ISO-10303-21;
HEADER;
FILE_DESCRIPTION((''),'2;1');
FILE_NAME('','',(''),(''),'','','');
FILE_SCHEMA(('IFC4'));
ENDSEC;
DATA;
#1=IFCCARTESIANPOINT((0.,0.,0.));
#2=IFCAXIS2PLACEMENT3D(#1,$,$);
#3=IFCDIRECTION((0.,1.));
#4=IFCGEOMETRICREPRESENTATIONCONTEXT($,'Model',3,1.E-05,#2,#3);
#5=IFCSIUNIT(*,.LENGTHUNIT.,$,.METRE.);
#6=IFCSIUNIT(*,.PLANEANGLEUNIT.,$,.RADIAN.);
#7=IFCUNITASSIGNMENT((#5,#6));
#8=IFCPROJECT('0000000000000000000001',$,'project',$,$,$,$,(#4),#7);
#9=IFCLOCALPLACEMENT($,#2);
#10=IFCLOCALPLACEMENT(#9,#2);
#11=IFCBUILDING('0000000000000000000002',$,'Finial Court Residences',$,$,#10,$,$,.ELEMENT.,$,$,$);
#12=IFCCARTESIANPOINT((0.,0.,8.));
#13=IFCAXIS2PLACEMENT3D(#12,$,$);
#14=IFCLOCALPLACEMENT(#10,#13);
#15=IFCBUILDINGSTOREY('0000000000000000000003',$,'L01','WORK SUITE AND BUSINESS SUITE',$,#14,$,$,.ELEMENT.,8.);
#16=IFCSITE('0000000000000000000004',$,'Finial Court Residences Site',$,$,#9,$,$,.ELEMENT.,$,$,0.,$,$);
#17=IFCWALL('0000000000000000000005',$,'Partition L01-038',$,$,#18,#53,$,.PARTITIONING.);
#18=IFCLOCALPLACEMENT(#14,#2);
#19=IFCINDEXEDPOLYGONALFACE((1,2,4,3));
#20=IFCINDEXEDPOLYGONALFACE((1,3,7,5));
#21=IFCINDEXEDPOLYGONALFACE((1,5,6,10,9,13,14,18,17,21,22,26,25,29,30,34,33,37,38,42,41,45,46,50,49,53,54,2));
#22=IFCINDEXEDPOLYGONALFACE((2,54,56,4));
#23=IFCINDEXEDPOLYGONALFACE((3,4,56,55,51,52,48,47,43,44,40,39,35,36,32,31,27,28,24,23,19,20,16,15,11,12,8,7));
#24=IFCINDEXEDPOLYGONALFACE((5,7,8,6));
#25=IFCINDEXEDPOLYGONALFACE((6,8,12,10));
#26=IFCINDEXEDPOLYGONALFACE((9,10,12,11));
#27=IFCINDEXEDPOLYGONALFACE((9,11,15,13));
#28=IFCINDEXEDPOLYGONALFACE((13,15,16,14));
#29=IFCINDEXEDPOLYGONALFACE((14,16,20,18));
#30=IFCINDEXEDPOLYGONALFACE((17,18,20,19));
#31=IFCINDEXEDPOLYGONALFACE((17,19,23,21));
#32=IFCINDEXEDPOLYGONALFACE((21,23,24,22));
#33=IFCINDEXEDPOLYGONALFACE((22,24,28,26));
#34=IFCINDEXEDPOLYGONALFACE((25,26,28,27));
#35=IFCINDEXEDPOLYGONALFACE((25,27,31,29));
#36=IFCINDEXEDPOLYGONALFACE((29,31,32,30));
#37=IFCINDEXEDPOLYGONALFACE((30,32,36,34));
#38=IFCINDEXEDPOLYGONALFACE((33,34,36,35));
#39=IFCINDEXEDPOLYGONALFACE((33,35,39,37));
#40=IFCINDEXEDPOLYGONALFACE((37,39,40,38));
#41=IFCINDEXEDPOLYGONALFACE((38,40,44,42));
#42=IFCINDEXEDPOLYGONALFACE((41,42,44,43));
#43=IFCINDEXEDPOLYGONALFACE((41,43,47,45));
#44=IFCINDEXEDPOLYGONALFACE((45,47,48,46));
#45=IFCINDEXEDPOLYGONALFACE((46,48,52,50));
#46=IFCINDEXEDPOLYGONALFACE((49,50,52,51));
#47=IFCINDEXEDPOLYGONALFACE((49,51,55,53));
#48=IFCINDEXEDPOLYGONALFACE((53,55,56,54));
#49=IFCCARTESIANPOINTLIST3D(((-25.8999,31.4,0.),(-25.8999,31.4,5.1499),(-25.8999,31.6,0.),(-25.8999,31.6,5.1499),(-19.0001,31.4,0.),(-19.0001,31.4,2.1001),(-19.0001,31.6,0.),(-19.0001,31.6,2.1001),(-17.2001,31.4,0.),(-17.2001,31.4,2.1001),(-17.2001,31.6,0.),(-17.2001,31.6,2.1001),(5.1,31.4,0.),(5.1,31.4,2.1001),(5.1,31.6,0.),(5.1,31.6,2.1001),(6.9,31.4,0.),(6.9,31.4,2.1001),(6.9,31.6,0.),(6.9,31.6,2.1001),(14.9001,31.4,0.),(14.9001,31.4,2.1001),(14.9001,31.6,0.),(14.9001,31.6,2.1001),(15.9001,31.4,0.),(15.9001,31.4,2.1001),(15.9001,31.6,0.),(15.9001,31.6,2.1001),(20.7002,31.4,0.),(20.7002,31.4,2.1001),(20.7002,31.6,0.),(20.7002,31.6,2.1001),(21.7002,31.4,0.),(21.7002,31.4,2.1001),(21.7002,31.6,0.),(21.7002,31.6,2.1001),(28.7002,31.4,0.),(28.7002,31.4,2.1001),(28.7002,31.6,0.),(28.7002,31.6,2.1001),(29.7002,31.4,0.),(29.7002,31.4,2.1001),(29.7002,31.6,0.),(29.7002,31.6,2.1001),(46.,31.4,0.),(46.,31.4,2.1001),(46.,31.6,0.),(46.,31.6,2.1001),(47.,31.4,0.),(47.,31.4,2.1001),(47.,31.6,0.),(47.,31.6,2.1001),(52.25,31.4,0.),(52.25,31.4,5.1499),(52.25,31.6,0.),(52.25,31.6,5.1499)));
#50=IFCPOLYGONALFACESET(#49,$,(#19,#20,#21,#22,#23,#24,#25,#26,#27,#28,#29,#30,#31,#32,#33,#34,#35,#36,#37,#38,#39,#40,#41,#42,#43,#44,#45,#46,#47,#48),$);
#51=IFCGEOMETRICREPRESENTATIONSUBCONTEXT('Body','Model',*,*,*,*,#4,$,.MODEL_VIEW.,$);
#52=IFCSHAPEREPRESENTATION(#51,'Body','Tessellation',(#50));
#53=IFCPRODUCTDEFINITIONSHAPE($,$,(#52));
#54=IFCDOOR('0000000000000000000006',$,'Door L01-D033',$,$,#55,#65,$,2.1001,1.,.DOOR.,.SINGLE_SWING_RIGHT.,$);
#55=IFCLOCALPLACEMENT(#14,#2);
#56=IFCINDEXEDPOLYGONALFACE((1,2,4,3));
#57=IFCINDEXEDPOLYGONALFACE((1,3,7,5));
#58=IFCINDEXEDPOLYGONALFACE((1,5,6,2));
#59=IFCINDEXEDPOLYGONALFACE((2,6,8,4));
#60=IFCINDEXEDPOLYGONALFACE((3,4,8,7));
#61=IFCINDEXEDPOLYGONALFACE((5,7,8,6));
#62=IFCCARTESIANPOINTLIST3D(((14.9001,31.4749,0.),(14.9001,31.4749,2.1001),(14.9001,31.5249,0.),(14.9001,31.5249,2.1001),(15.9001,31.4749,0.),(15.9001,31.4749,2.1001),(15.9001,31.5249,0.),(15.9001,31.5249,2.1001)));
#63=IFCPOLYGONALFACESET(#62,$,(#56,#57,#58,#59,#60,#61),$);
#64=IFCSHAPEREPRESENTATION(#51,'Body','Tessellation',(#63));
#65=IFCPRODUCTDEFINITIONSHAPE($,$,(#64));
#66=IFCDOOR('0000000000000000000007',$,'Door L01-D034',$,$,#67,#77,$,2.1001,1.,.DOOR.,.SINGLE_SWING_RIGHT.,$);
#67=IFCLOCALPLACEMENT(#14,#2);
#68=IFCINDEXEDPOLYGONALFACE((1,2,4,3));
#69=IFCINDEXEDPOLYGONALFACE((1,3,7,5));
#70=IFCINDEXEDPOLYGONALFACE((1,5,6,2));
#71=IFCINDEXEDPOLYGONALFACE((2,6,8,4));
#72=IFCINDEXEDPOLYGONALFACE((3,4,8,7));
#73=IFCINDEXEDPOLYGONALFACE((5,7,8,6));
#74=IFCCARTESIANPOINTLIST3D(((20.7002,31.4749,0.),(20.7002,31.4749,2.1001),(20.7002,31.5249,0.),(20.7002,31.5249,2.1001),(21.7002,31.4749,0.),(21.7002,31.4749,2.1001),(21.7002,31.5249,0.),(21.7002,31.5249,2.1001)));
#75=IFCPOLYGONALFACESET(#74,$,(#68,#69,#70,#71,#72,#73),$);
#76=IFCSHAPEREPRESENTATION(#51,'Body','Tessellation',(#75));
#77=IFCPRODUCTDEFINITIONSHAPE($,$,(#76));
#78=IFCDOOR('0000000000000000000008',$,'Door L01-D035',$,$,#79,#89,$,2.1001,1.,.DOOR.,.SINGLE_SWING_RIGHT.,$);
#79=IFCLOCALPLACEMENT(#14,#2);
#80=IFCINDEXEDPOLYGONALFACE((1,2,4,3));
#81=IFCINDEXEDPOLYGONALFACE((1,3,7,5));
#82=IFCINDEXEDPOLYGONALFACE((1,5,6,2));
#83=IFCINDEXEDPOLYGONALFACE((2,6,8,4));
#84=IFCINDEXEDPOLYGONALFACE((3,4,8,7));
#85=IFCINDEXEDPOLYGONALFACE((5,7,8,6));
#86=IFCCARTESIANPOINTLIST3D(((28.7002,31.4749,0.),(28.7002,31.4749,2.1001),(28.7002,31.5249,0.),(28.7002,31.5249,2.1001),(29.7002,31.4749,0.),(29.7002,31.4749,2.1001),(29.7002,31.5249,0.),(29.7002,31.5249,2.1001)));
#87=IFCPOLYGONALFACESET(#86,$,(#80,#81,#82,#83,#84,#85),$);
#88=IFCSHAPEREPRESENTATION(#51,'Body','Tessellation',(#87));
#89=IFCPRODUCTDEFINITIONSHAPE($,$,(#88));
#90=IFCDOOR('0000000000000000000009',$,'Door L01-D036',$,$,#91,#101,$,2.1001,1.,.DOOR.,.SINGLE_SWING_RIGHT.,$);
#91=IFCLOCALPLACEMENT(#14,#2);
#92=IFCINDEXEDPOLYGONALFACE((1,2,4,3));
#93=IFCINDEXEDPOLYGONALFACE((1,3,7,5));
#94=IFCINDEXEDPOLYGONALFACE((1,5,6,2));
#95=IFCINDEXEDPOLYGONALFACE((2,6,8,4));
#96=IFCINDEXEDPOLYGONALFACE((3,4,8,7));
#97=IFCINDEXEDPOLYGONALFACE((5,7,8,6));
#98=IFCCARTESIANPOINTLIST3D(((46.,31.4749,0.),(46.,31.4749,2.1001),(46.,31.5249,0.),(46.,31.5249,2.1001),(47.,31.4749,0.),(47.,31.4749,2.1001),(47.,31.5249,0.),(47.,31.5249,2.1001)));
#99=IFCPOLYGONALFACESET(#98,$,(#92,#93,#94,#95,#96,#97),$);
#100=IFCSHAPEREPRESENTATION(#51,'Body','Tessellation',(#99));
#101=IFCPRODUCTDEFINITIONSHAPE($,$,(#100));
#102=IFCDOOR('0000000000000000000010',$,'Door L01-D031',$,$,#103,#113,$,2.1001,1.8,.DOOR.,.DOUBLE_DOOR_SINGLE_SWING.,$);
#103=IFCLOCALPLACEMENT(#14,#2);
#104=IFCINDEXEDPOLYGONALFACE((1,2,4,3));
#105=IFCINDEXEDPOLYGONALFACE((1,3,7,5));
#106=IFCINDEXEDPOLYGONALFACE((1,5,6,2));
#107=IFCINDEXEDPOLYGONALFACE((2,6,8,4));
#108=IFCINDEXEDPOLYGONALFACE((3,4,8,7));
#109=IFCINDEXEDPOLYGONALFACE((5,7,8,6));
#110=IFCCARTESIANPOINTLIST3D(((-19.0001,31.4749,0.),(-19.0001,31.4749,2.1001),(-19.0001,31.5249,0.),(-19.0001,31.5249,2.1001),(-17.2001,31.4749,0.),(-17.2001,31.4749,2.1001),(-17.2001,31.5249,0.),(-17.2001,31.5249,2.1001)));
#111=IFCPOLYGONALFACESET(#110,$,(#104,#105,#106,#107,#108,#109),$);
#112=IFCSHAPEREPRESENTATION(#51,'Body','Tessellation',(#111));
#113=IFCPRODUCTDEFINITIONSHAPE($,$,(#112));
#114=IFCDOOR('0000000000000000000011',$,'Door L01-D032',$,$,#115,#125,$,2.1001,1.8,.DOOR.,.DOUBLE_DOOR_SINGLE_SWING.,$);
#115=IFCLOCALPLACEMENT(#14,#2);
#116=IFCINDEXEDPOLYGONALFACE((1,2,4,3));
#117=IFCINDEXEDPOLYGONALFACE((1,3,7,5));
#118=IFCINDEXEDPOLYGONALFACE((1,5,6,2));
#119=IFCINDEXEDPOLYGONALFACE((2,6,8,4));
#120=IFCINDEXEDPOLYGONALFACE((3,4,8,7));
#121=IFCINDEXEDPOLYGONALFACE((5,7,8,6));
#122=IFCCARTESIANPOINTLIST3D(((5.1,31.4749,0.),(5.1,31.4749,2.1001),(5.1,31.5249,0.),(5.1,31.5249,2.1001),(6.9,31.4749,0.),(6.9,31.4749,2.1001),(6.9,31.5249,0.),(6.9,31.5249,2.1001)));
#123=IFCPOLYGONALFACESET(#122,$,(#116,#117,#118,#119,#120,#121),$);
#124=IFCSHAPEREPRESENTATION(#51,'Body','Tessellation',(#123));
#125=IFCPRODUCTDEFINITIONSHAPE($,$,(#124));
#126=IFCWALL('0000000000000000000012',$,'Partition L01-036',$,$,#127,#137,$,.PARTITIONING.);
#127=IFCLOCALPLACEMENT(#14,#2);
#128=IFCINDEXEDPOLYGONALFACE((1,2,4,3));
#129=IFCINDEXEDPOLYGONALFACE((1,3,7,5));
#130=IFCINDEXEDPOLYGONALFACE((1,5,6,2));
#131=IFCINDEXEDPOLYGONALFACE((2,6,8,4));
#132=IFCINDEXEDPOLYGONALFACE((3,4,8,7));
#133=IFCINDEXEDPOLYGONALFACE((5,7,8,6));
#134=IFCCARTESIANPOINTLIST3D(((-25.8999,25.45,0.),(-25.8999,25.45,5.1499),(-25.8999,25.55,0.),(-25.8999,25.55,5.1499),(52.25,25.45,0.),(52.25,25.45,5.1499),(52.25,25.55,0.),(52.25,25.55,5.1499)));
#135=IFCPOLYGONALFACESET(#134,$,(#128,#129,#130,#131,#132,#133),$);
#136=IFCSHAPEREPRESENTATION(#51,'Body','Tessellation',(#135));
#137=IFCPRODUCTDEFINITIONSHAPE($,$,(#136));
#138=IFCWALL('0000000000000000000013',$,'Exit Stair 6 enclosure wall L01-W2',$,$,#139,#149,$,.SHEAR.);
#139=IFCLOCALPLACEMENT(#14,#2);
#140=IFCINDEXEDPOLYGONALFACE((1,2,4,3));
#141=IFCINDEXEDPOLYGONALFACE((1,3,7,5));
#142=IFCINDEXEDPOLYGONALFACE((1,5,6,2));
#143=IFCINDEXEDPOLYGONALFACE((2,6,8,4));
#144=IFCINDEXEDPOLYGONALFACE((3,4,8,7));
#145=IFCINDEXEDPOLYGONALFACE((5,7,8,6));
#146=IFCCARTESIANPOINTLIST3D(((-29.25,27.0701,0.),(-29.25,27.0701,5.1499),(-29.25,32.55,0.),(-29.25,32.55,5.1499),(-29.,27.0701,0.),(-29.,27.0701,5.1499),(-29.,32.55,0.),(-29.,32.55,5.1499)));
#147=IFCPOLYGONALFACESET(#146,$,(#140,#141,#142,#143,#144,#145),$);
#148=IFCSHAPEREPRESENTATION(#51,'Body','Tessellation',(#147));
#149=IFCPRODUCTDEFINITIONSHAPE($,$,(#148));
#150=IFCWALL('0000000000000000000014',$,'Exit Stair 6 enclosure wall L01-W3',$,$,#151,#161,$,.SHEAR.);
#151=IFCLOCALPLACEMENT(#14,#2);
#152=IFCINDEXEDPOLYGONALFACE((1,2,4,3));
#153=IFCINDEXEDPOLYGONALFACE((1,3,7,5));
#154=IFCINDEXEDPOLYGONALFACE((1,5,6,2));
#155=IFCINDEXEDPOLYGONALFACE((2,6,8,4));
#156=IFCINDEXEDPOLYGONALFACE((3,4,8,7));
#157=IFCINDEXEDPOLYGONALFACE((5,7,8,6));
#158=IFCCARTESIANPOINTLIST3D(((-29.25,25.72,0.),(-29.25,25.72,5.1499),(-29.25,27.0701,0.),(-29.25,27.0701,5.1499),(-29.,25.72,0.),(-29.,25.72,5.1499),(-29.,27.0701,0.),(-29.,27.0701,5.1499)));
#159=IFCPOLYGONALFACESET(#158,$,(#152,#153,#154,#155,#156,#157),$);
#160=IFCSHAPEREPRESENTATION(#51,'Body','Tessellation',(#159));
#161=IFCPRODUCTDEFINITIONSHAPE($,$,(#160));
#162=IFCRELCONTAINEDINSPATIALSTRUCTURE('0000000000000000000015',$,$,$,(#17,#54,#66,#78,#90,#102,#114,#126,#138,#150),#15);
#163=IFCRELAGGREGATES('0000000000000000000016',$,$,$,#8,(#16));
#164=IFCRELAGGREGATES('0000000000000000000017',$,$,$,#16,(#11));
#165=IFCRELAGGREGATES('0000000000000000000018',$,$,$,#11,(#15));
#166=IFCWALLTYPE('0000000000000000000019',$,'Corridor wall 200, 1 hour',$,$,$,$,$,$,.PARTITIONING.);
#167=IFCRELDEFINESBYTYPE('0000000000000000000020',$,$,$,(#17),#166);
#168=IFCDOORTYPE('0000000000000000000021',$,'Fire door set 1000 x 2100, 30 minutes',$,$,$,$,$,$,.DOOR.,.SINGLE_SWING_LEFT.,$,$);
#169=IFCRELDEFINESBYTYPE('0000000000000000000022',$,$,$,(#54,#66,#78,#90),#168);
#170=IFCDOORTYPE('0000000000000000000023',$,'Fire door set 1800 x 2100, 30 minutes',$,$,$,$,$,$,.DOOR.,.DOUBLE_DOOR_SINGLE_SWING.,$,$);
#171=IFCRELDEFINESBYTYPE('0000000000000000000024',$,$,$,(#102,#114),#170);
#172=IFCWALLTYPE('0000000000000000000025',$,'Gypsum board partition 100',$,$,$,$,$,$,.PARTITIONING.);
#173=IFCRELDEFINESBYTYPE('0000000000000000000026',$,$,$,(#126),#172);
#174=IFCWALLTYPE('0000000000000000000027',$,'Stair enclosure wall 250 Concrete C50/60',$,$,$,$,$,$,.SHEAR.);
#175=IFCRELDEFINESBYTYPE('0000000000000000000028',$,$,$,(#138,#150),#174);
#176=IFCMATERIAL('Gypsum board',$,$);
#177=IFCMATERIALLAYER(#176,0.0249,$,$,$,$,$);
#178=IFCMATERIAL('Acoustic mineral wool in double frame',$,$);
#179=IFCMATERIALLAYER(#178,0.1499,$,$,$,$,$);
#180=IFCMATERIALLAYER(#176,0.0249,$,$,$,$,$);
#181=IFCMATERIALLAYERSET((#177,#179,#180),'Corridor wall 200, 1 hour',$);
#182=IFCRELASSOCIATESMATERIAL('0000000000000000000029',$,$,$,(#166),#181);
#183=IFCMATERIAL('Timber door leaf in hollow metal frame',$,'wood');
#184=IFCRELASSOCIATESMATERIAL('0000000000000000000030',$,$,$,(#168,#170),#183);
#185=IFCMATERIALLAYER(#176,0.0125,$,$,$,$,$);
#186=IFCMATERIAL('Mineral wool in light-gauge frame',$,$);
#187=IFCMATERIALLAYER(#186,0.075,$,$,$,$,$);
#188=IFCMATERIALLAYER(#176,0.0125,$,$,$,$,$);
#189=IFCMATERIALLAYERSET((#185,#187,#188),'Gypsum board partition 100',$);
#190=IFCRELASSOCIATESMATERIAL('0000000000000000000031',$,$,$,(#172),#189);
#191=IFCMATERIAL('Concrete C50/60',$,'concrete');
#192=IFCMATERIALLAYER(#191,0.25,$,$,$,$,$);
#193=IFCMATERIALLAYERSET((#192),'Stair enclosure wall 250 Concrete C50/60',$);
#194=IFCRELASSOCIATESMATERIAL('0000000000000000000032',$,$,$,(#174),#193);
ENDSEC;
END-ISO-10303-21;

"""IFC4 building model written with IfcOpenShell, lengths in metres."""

from ifc_helpers import new_model, si_unit, direction, frame, frame_2d, origin, place, context, subcontext, project, spatial, rectangle, extrude, material, layer, layer_set, type_object, element, fill, save


model = new_model("IFC4")

# Units and contexts
model_context = context("Model", 3, precision=1e-05, world=origin(), true_north=direction((0.0, 1.0)))
body_context = subcontext(model_context, "Body", "Model", "MODEL_VIEW")
ifc_project = project(units=[si_unit("LENGTHUNIT", "METRE"), si_unit("PLANEANGLEUNIT", "RADIAN")], contexts=[model_context])

# Site, building, storey
site_placement = place(None, origin())
site = spatial("IfcSite", under=ifc_project, at=site_placement, Name="Finial Court Residences Site", CompositionType="ELEMENT", RefElevation=0.0)
building_placement = place(site_placement, origin())
building = spatial("IfcBuilding", under=site, at=building_placement, Name="Finial Court Residences", CompositionType="ELEMENT")
storey_placement = place(building_placement, frame((0.0, 0.0, 8.0)))
storey = spatial("IfcBuildingStorey", under=building, at=storey_placement, Name="L01", Description="WORK SUITE AND BUSINESS SUITE", CompositionType="ELEMENT", Elevation=8.0)

# Shared definitions
ifc_material_1 = material(Name="Concrete C50/60", Category="concrete")

# Shared definitions
ifc_material_2 = material(Name="Gypsum board")
ifc_layer_1 = layer(ifc_material_2, 0.0249)
ifc_material_3 = material(Name="Acoustic mineral wool in double frame")
ifc_layer_2 = layer(ifc_material_3, 0.1499)
ifc_layer_3 = layer(ifc_material_2, 0.0249)
ifc_layer_set_1 = layer_set([ifc_layer_1, ifc_layer_2, ifc_layer_3], Name="Corridor wall 200, 1 hour")
wall_type_1 = type_object("IfcWallType", Name="Corridor wall 200, 1 hour", PredefinedType="PARTITIONING", material=ifc_layer_set_1)

# Wall, openings, doors
wall_1_placement = place(storey_placement, frame((-25.8999, 31.5, 0.0), z_axis=(0.0, 0.0, 1.0), x_axis=(1.0, 0.0, 0.0)))
wall_1 = element("IfcWall", 1, at=wall_1_placement, inside=storey, type_object=wall_type_1, Name="Partition L01-038", PredefinedType="PARTITIONING", context=body_context, shape_type="SweptSolid", body=[
    extrude(rectangle(XDim=78.1499, YDim=0.2, at=frame_2d((39.075, 0.0))), origin(), (0.0, 0.0, 1.0), 5.1499),
])
opening_1_placement = place(wall_1_placement, frame((6.8999, 0.0, 0.0)))
opening_1 = element("IfcOpeningElement", 2, at=opening_1_placement, cuts=wall_1, PredefinedType="OPENING", context=body_context, shape_type="SweptSolid", body=[
    extrude(rectangle(XDim=1.8, YDim=2.1001, at=frame_2d((0.8999, 1.05))), frame((0.0, 0.1099, 0.0), z_axis=(0.0, -1.0, 0.0), x_axis=(1.0, 0.0, 0.0)), (0.0, 0.0, 1.0), 0.22),
])
opening_2_placement = place(wall_1_placement, frame((31.0, 0.0, 0.0)))
opening_2 = element("IfcOpeningElement", 3, at=opening_2_placement, cuts=wall_1, PredefinedType="OPENING", context=body_context, shape_type="SweptSolid", body=[
    extrude(rectangle(XDim=1.8, YDim=2.1001, at=frame_2d((0.8999, 1.05))), frame((0.0, 0.1099, 0.0), z_axis=(0.0, -1.0, 0.0), x_axis=(1.0, 0.0, 0.0)), (0.0, 0.0, 1.0), 0.22),
])
opening_3_placement = place(wall_1_placement, frame((40.8, 0.0, 0.0)))
opening_3 = element("IfcOpeningElement", 4, at=opening_3_placement, cuts=wall_1, PredefinedType="OPENING", context=body_context, shape_type="SweptSolid", body=[
    extrude(rectangle(XDim=1.0, YDim=2.1001, at=frame_2d((0.5, 1.05))), frame((0.0, 0.1099, 0.0), z_axis=(0.0, -1.0, 0.0), x_axis=(1.0, 0.0, 0.0)), (0.0, 0.0, 1.0), 0.22),
])
opening_4_placement = place(wall_1_placement, frame((46.6001, 0.0, 0.0)))
opening_4 = element("IfcOpeningElement", 5, at=opening_4_placement, cuts=wall_1, PredefinedType="OPENING", context=body_context, shape_type="SweptSolid", body=[
    extrude(rectangle(XDim=1.0, YDim=2.1001, at=frame_2d((0.5, 1.05))), frame((0.0, 0.1099, 0.0), z_axis=(0.0, -1.0, 0.0), x_axis=(1.0, 0.0, 0.0)), (0.0, 0.0, 1.0), 0.22),
])
opening_5_placement = place(wall_1_placement, frame((54.6001, 0.0, 0.0)))
opening_5 = element("IfcOpeningElement", 6, at=opening_5_placement, cuts=wall_1, PredefinedType="OPENING", context=body_context, shape_type="SweptSolid", body=[
    extrude(rectangle(XDim=1.0, YDim=2.1001, at=frame_2d((0.5, 1.05))), frame((0.0, 0.1099, 0.0), z_axis=(0.0, -1.0, 0.0), x_axis=(1.0, 0.0, 0.0)), (0.0, 0.0, 1.0), 0.22),
])
opening_6_placement = place(wall_1_placement, frame((71.8999, 0.0, 0.0)))
opening_6 = element("IfcOpeningElement", 7, at=opening_6_placement, cuts=wall_1, PredefinedType="OPENING", context=body_context, shape_type="SweptSolid", body=[
    extrude(rectangle(XDim=1.0, YDim=2.1001, at=frame_2d((0.5, 1.05))), frame((0.0, 0.1099, 0.0), z_axis=(0.0, -1.0, 0.0), x_axis=(1.0, 0.0, 0.0)), (0.0, 0.0, 1.0), 0.22),
])
ifc_material_4 = material(Name="Timber door leaf in hollow metal frame", Category="wood")
door_type_1 = type_object("IfcDoorType", Name="Fire door set 1000 x 2100, 30 minutes", OperationType="SINGLE_SWING_LEFT", PredefinedType="DOOR", material=ifc_material_4)
door_1_placement = place(opening_3_placement, origin())
door_1 = element("IfcDoor", 8, at=door_1_placement, inside=storey, type_object=door_type_1, Name="Door L01-D033", OperationType="SINGLE_SWING_RIGHT", OverallHeight=2.1001, OverallWidth=1.0, PredefinedType="DOOR", context=body_context, shape_type="SweptSolid", body=[
    extrude(rectangle(XDim=1.0, YDim=2.1001, at=frame_2d((0.5, 1.05))), frame((0.0, 0.0249, 0.0), z_axis=(0.0, -1.0, 0.0), x_axis=(1.0, 0.0, 0.0)), (0.0, 0.0, 1.0), 0.05),
])
fill(opening_3, door_1)
door_2_placement = place(opening_4_placement, origin())
door_2 = element("IfcDoor", 9, at=door_2_placement, inside=storey, type_object=door_type_1, Name="Door L01-D034", OperationType="SINGLE_SWING_RIGHT", OverallHeight=2.1001, OverallWidth=1.0, PredefinedType="DOOR", context=body_context, shape_type="SweptSolid", body=[
    extrude(rectangle(XDim=1.0, YDim=2.1001, at=frame_2d((0.5, 1.05))), frame((0.0, 0.0249, 0.0), z_axis=(0.0, -1.0, 0.0), x_axis=(1.0, 0.0, 0.0)), (0.0, 0.0, 1.0), 0.05),
])
fill(opening_4, door_2)
door_3_placement = place(opening_5_placement, origin())
door_3 = element("IfcDoor", 10, at=door_3_placement, inside=storey, type_object=door_type_1, Name="Door L01-D035", OperationType="SINGLE_SWING_RIGHT", OverallHeight=2.1001, OverallWidth=1.0, PredefinedType="DOOR", context=body_context, shape_type="SweptSolid", body=[
    extrude(rectangle(XDim=1.0, YDim=2.1001, at=frame_2d((0.5, 1.05))), frame((0.0, 0.0249, 0.0), z_axis=(0.0, -1.0, 0.0), x_axis=(1.0, 0.0, 0.0)), (0.0, 0.0, 1.0), 0.05),
])
fill(opening_5, door_3)
door_4_placement = place(opening_6_placement, origin())
door_4 = element("IfcDoor", 11, at=door_4_placement, inside=storey, type_object=door_type_1, Name="Door L01-D036", OperationType="SINGLE_SWING_RIGHT", OverallHeight=2.1001, OverallWidth=1.0, PredefinedType="DOOR", context=body_context, shape_type="SweptSolid", body=[
    extrude(rectangle(XDim=1.0, YDim=2.1001, at=frame_2d((0.5, 1.05))), frame((0.0, 0.0249, 0.0), z_axis=(0.0, -1.0, 0.0), x_axis=(1.0, 0.0, 0.0)), (0.0, 0.0, 1.0), 0.05),
])
fill(opening_6, door_4)
door_type_2 = type_object("IfcDoorType", Name="Fire door set 1800 x 2100, 30 minutes", OperationType="DOUBLE_DOOR_SINGLE_SWING", PredefinedType="DOOR", material=ifc_material_4)
door_5_placement = place(opening_1_placement, origin())
door_5 = element("IfcDoor", 12, at=door_5_placement, inside=storey, type_object=door_type_2, Name="Door L01-D031", OperationType="DOUBLE_DOOR_SINGLE_SWING", OverallHeight=2.1001, OverallWidth=1.8, PredefinedType="DOOR", context=body_context, shape_type="SweptSolid", body=[
    extrude(rectangle(XDim=1.8, YDim=2.1001, at=frame_2d((0.8999, 1.05))), frame((0.0, 0.0249, 0.0), z_axis=(0.0, -1.0, 0.0), x_axis=(1.0, 0.0, 0.0)), (0.0, 0.0, 1.0), 0.05),
])
fill(opening_1, door_5)
door_6_placement = place(opening_2_placement, origin())
door_6 = element("IfcDoor", 13, at=door_6_placement, inside=storey, type_object=door_type_2, Name="Door L01-D032", OperationType="DOUBLE_DOOR_SINGLE_SWING", OverallHeight=2.1001, OverallWidth=1.8, PredefinedType="DOOR", context=body_context, shape_type="SweptSolid", body=[
    extrude(rectangle(XDim=1.8, YDim=2.1001, at=frame_2d((0.8999, 1.05))), frame((0.0, 0.0249, 0.0), z_axis=(0.0, -1.0, 0.0), x_axis=(1.0, 0.0, 0.0)), (0.0, 0.0, 1.0), 0.05),
])
fill(opening_2, door_6)

# Walls
ifc_layer_4 = layer(ifc_material_2, 0.0125)
ifc_material_5 = material(Name="Mineral wool in light-gauge frame")
ifc_layer_5 = layer(ifc_material_5, 0.075)
ifc_layer_6 = layer(ifc_material_2, 0.0125)
ifc_layer_set_2 = layer_set([ifc_layer_4, ifc_layer_5, ifc_layer_6], Name="Gypsum board partition 100")
wall_type_2 = type_object("IfcWallType", Name="Gypsum board partition 100", PredefinedType="PARTITIONING", material=ifc_layer_set_2)
wall_2_placement = place(storey_placement, frame((-25.8999, 25.5, 0.0), z_axis=(0.0, 0.0, 1.0), x_axis=(1.0, 0.0, 0.0)))
element("IfcWall", 14, at=wall_2_placement, inside=storey, type_object=wall_type_2, Name="Partition L01-036", PredefinedType="PARTITIONING", context=body_context, shape_type="SweptSolid", body=[
    extrude(rectangle(XDim=78.1499, YDim=0.1001, at=frame_2d((39.075, 0.0))), origin(), (0.0, 0.0, 1.0), 5.1499),
])
ifc_layer_7 = layer(ifc_material_1, 0.25)
ifc_layer_set_3 = layer_set([ifc_layer_7], Name="Stair enclosure wall 250 Concrete C50/60")
wall_type_3 = type_object("IfcWallType", Name="Stair enclosure wall 250 Concrete C50/60", PredefinedType="SHEAR", material=ifc_layer_set_3)
wall_3_placement = place(storey_placement, frame((-29.125, 27.0701, 0.0), z_axis=(0.0, 0.0, 1.0), x_axis=(0.0, 1.0, 0.0)))
element("IfcWall", 15, at=wall_3_placement, inside=storey, type_object=wall_type_3, Name="Exit Stair 6 enclosure wall L01-W2", PredefinedType="SHEAR", context=body_context, shape_type="SweptSolid", body=[
    extrude(rectangle(XDim=5.48, YDim=0.25, at=frame_2d((2.74, 0.0))), origin(), (0.0, 0.0, 1.0), 5.1499),
])
wall_4_placement = place(storey_placement, frame((-29.125, 25.72, 0.0), z_axis=(0.0, 0.0, 1.0), x_axis=(0.0, 1.0, 0.0)))
element("IfcWall", 16, at=wall_4_placement, inside=storey, type_object=wall_type_3, Name="Exit Stair 6 enclosure wall L01-W3", PredefinedType="SHEAR", context=body_context, shape_type="SweptSolid", body=[
    extrude(rectangle(XDim=1.3501, YDim=0.25, at=frame_2d((0.675, 0.0))), origin(), (0.0, 0.0, 1.0), 5.1499),
])

save(model, "model.ifc")
